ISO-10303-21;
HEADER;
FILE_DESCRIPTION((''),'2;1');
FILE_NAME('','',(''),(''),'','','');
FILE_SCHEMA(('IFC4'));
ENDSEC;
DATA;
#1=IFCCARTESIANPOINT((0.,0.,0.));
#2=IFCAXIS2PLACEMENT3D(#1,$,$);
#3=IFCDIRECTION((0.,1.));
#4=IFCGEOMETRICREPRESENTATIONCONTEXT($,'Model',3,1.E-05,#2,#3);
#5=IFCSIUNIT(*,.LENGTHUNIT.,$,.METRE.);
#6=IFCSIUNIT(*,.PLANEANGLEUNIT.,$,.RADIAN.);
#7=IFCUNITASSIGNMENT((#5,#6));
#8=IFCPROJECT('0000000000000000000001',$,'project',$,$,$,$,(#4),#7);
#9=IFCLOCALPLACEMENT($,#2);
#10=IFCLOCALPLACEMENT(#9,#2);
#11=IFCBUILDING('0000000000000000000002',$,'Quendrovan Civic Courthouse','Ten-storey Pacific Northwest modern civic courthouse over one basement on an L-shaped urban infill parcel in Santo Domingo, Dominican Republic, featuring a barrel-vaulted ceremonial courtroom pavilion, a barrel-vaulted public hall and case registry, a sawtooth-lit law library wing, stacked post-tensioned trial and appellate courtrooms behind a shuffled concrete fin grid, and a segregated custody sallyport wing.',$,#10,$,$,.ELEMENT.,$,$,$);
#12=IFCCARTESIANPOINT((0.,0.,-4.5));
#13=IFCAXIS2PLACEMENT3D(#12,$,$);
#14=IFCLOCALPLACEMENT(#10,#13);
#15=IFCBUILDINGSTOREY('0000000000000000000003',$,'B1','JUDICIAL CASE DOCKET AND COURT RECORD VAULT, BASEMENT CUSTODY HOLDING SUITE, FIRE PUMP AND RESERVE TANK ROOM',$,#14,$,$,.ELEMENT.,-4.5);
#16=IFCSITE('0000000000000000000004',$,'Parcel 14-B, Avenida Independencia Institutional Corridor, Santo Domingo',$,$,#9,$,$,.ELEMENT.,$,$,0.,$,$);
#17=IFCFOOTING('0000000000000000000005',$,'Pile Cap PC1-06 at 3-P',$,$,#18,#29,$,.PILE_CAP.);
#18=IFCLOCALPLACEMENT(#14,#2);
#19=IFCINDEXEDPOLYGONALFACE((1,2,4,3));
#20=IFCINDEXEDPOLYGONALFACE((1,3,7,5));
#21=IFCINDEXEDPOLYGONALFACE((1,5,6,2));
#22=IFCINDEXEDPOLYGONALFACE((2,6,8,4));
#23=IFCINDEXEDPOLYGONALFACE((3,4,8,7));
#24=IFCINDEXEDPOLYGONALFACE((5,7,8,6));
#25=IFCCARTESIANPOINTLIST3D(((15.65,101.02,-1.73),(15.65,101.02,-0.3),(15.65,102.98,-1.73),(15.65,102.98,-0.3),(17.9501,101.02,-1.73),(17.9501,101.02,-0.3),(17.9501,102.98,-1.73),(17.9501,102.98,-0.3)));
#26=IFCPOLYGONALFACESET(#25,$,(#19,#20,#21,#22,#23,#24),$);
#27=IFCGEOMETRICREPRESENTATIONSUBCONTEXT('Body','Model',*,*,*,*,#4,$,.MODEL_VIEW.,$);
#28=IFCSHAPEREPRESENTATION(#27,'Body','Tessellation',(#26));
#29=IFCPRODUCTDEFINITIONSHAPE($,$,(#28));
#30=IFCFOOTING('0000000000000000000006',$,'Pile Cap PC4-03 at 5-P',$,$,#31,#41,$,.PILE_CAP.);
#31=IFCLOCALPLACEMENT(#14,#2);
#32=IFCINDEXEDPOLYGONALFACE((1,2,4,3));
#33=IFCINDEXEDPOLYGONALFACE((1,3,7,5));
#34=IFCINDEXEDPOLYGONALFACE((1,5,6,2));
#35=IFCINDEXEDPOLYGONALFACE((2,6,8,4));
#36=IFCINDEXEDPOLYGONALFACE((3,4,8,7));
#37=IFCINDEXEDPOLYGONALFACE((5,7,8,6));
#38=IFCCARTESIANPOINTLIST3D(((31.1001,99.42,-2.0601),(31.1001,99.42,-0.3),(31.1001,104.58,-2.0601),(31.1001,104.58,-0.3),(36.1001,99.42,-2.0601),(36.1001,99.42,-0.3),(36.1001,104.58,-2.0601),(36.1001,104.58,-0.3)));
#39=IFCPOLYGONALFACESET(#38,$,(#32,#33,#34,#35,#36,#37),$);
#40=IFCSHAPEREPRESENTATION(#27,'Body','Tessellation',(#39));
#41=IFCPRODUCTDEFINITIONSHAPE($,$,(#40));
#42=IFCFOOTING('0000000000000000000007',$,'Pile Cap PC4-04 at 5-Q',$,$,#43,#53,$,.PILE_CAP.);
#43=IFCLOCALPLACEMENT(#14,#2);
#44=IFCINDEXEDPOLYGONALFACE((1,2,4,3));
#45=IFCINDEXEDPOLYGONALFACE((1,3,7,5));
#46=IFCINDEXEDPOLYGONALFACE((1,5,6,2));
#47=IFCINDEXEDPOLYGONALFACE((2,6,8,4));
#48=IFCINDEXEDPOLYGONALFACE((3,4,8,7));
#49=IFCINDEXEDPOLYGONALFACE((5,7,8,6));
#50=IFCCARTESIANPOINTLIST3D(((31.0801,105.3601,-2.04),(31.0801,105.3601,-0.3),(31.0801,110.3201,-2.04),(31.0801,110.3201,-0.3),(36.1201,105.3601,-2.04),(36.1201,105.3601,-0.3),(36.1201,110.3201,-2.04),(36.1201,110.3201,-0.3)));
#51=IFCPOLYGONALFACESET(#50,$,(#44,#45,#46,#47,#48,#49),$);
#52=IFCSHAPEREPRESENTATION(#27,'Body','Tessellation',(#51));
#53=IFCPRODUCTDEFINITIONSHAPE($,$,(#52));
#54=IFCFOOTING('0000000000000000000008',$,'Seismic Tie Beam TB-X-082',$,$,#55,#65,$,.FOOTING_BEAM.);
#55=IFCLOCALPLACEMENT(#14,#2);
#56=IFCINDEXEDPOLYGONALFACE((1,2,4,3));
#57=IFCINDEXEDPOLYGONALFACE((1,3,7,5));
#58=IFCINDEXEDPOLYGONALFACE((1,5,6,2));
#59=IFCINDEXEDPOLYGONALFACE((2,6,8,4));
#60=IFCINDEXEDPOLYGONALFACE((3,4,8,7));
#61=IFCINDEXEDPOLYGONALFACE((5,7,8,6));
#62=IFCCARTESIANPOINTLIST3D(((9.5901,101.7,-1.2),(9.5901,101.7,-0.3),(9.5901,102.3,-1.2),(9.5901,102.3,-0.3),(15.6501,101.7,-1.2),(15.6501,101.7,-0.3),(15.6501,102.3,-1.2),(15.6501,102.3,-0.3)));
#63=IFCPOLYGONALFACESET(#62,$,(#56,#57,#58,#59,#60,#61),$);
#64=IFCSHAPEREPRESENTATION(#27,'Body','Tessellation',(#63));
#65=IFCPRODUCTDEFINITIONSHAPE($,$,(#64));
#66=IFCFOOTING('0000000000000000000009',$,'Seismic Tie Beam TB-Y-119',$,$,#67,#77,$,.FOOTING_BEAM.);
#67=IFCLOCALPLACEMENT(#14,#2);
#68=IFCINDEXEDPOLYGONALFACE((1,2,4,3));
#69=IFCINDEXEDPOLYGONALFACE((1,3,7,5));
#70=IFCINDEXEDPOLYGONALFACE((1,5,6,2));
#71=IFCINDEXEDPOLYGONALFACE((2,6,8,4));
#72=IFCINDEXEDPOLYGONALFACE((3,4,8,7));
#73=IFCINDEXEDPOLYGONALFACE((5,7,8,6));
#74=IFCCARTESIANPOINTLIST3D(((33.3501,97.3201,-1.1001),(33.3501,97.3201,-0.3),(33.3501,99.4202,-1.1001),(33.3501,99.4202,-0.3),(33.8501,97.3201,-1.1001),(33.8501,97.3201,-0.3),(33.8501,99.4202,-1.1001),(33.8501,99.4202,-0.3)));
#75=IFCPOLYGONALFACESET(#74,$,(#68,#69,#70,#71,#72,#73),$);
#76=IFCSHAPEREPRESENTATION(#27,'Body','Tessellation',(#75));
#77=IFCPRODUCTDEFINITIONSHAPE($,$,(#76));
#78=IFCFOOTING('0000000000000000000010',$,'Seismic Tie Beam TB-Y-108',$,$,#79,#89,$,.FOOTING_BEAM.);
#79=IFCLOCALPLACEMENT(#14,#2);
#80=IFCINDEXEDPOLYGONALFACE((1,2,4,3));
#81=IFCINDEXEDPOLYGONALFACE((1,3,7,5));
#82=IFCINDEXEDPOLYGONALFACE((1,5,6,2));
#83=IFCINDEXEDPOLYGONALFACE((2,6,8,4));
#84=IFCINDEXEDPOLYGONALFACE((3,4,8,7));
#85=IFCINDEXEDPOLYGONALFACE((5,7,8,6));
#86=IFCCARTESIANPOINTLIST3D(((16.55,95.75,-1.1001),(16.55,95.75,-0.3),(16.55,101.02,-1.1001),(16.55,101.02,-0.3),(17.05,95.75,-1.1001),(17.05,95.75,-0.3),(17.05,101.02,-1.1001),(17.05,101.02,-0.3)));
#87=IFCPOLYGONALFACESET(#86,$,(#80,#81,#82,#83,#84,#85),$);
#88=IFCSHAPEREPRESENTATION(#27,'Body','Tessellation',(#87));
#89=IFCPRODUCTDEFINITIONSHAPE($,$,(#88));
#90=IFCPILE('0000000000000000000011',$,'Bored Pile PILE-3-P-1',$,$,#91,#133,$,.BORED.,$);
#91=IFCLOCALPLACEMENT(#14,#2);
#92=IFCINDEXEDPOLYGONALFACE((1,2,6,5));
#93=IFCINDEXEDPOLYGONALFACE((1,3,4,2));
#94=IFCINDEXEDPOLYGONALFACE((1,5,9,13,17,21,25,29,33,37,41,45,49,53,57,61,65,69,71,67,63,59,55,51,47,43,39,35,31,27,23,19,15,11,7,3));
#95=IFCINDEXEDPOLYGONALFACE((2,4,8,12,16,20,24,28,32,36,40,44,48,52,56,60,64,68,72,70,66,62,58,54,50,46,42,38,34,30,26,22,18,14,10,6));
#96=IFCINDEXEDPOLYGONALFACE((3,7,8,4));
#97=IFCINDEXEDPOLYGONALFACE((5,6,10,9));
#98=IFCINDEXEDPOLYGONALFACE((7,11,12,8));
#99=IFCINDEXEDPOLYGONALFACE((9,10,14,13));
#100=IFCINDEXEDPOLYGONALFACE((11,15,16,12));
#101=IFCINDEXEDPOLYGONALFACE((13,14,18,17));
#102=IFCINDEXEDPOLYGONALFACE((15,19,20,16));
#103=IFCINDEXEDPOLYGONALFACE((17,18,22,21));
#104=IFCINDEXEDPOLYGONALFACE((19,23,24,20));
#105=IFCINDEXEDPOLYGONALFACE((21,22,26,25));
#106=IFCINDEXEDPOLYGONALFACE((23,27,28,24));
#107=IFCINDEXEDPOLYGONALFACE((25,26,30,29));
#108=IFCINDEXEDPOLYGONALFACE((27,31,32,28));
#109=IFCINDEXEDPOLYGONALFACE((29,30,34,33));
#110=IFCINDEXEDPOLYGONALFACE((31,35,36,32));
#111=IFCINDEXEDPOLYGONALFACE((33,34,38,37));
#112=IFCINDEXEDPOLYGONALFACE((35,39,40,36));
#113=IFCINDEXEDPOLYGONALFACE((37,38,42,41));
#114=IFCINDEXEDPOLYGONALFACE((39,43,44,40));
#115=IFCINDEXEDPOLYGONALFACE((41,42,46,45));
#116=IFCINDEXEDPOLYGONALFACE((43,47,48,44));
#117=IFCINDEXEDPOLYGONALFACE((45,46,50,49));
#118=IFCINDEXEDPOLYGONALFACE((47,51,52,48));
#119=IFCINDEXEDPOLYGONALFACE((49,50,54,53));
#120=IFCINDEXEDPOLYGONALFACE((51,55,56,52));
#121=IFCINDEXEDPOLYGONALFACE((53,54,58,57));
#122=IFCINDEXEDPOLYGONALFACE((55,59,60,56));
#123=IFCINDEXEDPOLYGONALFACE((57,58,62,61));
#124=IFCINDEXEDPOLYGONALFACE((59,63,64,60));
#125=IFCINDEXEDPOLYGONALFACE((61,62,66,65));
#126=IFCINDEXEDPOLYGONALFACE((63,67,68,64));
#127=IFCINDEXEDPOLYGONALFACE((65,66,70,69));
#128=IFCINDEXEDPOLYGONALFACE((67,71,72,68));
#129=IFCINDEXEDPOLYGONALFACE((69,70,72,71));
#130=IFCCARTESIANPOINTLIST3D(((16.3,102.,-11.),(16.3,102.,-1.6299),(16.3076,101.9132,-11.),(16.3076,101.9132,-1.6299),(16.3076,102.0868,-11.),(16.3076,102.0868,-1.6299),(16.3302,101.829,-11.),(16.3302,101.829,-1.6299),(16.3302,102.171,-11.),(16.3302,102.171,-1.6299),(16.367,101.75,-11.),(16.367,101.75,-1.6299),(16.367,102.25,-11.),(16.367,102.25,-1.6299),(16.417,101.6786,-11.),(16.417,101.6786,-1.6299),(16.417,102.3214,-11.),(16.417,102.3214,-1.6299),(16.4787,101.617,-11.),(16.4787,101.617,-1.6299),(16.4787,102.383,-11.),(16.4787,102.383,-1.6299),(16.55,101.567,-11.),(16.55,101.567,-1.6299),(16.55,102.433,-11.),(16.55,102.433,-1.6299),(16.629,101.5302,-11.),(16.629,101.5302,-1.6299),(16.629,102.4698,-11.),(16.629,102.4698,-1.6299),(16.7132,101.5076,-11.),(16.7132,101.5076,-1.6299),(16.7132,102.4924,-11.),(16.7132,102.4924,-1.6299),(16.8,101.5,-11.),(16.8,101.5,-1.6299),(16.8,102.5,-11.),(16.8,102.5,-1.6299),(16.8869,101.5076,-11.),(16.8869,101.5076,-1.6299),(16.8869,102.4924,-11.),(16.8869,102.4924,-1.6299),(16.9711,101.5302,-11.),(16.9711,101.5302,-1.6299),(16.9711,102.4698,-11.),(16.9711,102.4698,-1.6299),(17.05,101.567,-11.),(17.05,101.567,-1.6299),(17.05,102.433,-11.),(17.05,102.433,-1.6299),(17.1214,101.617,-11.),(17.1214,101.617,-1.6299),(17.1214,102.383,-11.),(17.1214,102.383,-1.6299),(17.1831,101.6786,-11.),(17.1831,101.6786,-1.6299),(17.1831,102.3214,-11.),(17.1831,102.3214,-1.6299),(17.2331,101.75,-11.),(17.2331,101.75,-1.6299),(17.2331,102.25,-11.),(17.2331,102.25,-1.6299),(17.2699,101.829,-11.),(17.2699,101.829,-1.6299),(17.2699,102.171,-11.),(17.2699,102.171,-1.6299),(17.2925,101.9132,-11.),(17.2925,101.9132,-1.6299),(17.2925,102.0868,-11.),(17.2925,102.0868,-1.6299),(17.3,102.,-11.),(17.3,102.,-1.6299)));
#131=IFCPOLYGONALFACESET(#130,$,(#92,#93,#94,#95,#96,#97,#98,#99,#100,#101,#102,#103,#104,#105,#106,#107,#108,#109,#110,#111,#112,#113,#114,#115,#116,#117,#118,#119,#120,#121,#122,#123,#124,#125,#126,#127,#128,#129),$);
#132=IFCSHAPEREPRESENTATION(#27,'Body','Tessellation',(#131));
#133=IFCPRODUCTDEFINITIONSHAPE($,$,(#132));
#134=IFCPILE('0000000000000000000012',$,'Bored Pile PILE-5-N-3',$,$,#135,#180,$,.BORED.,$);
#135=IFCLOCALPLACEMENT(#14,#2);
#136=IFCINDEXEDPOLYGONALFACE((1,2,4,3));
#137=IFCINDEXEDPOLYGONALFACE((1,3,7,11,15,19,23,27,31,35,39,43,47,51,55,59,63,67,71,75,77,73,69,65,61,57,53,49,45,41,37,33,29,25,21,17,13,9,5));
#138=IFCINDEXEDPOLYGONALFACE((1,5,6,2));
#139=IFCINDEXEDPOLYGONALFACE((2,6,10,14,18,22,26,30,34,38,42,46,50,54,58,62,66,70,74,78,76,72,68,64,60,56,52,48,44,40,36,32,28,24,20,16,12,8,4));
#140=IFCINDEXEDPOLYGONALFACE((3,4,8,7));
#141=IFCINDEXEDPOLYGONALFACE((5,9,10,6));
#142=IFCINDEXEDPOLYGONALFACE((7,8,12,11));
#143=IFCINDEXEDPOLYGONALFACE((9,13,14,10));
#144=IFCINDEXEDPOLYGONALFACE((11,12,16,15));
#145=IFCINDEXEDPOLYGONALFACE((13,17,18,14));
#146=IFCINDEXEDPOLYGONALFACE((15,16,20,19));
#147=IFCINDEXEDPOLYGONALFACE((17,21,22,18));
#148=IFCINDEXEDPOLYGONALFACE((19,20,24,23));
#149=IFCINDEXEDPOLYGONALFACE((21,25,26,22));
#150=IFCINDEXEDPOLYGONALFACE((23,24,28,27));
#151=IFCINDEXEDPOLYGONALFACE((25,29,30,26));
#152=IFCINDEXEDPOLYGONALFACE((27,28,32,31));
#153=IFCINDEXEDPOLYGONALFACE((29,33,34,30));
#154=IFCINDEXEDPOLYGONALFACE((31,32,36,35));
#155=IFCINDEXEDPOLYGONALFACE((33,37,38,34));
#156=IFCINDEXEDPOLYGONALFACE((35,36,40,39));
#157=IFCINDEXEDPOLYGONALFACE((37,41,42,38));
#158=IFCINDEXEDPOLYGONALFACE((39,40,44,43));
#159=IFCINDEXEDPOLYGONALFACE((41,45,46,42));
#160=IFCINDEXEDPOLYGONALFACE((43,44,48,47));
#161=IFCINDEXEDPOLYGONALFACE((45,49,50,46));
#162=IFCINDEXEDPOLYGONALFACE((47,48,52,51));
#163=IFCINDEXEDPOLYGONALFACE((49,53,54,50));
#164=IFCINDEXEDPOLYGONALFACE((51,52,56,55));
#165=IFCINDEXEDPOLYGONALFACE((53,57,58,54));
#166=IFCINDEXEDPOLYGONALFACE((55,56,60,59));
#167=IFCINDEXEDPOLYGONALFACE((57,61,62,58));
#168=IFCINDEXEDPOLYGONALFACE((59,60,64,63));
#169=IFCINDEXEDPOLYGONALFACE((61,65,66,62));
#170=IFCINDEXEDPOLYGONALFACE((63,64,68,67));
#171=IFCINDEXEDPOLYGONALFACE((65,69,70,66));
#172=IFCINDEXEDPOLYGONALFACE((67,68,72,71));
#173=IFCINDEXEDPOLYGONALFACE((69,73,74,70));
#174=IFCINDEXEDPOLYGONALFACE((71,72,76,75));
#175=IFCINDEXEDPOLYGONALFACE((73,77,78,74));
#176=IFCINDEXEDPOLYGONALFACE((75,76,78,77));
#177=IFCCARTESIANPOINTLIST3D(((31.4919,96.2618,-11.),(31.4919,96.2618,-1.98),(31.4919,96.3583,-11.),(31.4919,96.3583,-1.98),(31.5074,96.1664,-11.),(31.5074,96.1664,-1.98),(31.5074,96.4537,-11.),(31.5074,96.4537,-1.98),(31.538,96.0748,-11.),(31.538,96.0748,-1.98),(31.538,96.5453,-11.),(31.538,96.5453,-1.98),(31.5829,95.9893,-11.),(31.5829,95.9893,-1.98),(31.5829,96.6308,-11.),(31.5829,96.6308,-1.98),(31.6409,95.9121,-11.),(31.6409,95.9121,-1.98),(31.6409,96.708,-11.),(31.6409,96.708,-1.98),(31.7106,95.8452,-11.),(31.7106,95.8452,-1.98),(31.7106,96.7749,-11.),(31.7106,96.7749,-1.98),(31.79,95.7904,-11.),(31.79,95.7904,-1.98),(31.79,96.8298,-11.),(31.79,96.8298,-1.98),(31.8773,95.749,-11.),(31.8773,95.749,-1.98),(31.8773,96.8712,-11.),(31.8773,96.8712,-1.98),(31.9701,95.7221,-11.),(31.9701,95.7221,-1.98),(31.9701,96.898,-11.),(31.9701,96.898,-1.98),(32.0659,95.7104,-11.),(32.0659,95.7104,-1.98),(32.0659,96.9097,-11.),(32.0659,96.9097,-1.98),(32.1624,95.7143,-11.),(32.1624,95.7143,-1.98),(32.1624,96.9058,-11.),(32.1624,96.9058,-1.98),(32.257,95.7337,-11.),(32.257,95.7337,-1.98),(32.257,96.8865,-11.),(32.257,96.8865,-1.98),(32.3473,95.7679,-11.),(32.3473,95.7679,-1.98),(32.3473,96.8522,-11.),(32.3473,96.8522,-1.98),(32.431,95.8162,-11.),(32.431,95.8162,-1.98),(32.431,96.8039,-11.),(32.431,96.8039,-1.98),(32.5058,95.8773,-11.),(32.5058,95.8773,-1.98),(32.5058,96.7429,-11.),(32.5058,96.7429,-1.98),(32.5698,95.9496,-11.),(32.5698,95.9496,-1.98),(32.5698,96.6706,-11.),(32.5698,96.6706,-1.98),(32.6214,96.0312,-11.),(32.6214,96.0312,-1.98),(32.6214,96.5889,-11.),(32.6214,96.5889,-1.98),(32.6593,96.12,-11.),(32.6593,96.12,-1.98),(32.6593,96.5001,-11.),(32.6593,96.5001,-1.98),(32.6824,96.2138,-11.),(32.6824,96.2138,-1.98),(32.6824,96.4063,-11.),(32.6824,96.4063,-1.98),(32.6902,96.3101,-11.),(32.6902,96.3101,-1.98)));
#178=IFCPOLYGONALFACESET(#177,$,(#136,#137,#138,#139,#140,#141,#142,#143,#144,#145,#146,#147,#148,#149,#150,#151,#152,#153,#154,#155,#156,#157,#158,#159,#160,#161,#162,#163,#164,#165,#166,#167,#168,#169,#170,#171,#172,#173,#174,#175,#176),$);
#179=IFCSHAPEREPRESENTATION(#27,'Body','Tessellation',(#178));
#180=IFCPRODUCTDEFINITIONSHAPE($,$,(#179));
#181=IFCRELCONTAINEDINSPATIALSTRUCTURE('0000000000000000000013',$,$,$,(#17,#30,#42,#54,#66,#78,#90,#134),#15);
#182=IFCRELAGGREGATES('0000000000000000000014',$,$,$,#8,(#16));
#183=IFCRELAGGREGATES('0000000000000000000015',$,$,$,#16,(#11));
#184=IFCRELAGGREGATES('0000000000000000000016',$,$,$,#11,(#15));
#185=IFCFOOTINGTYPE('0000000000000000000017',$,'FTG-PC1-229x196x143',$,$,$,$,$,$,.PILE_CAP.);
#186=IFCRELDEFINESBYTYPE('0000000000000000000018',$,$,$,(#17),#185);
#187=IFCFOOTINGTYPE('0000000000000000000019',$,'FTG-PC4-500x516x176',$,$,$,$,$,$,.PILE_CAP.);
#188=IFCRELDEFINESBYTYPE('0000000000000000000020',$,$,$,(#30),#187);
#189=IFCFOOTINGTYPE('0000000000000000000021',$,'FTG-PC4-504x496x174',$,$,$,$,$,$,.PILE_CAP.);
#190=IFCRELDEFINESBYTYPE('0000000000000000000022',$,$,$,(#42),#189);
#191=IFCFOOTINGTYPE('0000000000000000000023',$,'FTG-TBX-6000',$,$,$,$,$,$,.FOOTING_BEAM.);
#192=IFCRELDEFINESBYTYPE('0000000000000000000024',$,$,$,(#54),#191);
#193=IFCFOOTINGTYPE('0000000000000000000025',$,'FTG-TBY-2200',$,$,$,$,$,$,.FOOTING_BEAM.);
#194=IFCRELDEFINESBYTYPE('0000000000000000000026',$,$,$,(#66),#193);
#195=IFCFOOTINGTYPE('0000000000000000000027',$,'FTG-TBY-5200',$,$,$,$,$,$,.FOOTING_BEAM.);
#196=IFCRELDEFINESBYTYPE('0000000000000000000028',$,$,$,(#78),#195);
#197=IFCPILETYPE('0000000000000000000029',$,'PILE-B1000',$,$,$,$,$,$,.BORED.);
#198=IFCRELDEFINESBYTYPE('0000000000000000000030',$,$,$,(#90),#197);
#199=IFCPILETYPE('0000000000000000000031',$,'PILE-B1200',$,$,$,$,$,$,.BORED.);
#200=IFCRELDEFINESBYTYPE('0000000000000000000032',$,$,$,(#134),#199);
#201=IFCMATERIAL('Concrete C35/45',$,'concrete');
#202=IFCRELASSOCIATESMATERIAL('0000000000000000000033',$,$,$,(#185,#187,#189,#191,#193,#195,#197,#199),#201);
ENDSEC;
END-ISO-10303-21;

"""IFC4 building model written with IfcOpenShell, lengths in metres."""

from ifc_helpers import new_model, si_unit, direction, frame, origin, origin_2d, place, context, subcontext, project, spatial, rectangle, circle, extrude, material, material_profile, profile_set, type_object, element, save


model = new_model("IFC4")

# Units and contexts
model_context = context("Model", 3, precision=1e-05, world=origin(), true_north=direction((0.0, 1.0)))
body_context = subcontext(model_context, "Body", "Model", "MODEL_VIEW")
ifc_project = project(units=[si_unit("LENGTHUNIT", "METRE"), si_unit("PLANEANGLEUNIT", "RADIAN")], contexts=[model_context])

# Site, building, storey
site_placement = place(None, origin())
site = spatial("IfcSite", under=ifc_project, at=site_placement, Name="Parcel 14-B, Avenida Independencia Institutional Corridor, Santo Domingo", CompositionType="ELEMENT", RefElevation=0.0)
building_placement = place(site_placement, origin())
building = spatial("IfcBuilding", under=site, at=building_placement, Name="Quendrovan Civic Courthouse", Description="Ten-storey Pacific Northwest modern civic courthouse over one basement on an L-shaped urban infill parcel in Santo Domingo, Dominican Republic, featuring a barrel-vaulted ceremonial courtroom pavilion, a barrel-vaulted public hall and case registry, a sawtooth-lit law library wing, stacked post-tensioned trial and appellate courtrooms behind a shuffled concrete fin grid, and a segregated custody sallyport wing.", CompositionType="ELEMENT")
storey_placement = place(building_placement, frame((0.0, 0.0, -4.5)))
storey = spatial("IfcBuildingStorey", under=building, at=storey_placement, Name="B1", Description="JUDICIAL CASE DOCKET AND COURT RECORD VAULT, BASEMENT CUSTODY HOLDING SUITE, FIRE PUMP AND RESERVE TANK ROOM", CompositionType="ELEMENT", Elevation=-4.5)

# Footings
ifc_material_1 = material(Name="Concrete C35/45", Category="concrete")
footing_type_1 = type_object("IfcFootingType", Name="FTG-PC1-229x196x143", PredefinedType="PILE_CAP", material=ifc_material_1)
footing_1_placement = place(storey_placement, frame((16.8, 102.0, -1.73), z_axis=(0.0, 0.0, 1.0), x_axis=(1.0, 0.0, 0.0)))
element("IfcFooting", 1, at=footing_1_placement, inside=storey, type_object=footing_type_1, Name="Pile Cap PC1-06 at 3-P", PredefinedType="PILE_CAP", context=body_context, shape_type="SweptSolid", body=[
    extrude(rectangle(XDim=2.3, YDim=1.96, at=origin_2d()), origin(), (0.0, 0.0, 1.0), 1.4299),
])
footing_type_2 = type_object("IfcFootingType", Name="FTG-PC4-500x516x176", PredefinedType="PILE_CAP", material=ifc_material_1)
footing_2_placement = place(storey_placement, frame((33.6001, 102.0, -2.0601), z_axis=(0.0, 0.0, 1.0), x_axis=(1.0, 0.0, 0.0)))
element("IfcFooting", 2, at=footing_2_placement, inside=storey, type_object=footing_type_2, Name="Pile Cap PC4-03 at 5-P", PredefinedType="PILE_CAP", context=body_context, shape_type="SweptSolid", body=[
    extrude(rectangle(XDim=5.0, YDim=5.1599, at=origin_2d()), origin(), (0.0, 0.0, 1.0), 1.76),
])
footing_type_3 = type_object("IfcFootingType", Name="FTG-PC4-504x496x174", PredefinedType="PILE_CAP", material=ifc_material_1)
footing_3_placement = place(storey_placement, frame((33.6001, 107.8401, -2.04), z_axis=(0.0, 0.0, 1.0), x_axis=(1.0, 0.0, 0.0)))
element("IfcFooting", 3, at=footing_3_placement, inside=storey, type_object=footing_type_3, Name="Pile Cap PC4-04 at 5-Q", PredefinedType="PILE_CAP", context=body_context, shape_type="SweptSolid", body=[
    extrude(rectangle(XDim=5.04, YDim=4.96, at=origin_2d()), origin(), (0.0, 0.0, 1.0), 1.74),
])
footing_type_4 = type_object("IfcFootingType", Name="FTG-TBX-6000", PredefinedType="FOOTING_BEAM", material=ifc_material_1)
footing_4_placement = place(storey_placement, frame((12.6201, 102.0, -1.2), z_axis=(0.0, 0.0, 1.0), x_axis=(1.0, 0.0, 0.0)))
element("IfcFooting", 4, at=footing_4_placement, inside=storey, type_object=footing_type_4, Name="Seismic Tie Beam TB-X-082", PredefinedType="FOOTING_BEAM", context=body_context, shape_type="SweptSolid", body=[
    extrude(rectangle(XDim=6.0601, YDim=0.6001, at=origin_2d()), origin(), (0.0, 0.0, 1.0), 0.8999),
])
footing_type_5 = type_object("IfcFootingType", Name="FTG-TBY-2200", PredefinedType="FOOTING_BEAM", material=ifc_material_1)
footing_5_placement = place(storey_placement, frame((33.6001, 98.3701, -1.1001), z_axis=(0.0, 0.0, 1.0), x_axis=(1.0, 0.0, 0.0)))
element("IfcFooting", 5, at=footing_5_placement, inside=storey, type_object=footing_type_5, Name="Seismic Tie Beam TB-Y-119", PredefinedType="FOOTING_BEAM", context=body_context, shape_type="SweptSolid", body=[
    extrude(rectangle(XDim=0.5, YDim=2.1001, at=origin_2d()), origin(), (0.0, 0.0, 1.0), 0.8),
])
footing_type_6 = type_object("IfcFootingType", Name="FTG-TBY-5200", PredefinedType="FOOTING_BEAM", material=ifc_material_1)
footing_6_placement = place(storey_placement, frame((16.8, 98.385, -1.1001), z_axis=(0.0, 0.0, 1.0), x_axis=(1.0, 0.0, 0.0)))
element("IfcFooting", 6, at=footing_6_placement, inside=storey, type_object=footing_type_6, Name="Seismic Tie Beam TB-Y-108", PredefinedType="FOOTING_BEAM", context=body_context, shape_type="SweptSolid", body=[
    extrude(rectangle(XDim=0.5, YDim=5.27, at=origin_2d()), origin(), (0.0, 0.0, 1.0), 0.8),
])

# Piles
ifc_material_profile_1 = material_profile(ifc_material_1, circle(Radius=0.5, at=origin_2d()), Name="PILE-D1000")
ifc_profile_set_1 = profile_set([ifc_material_profile_1], Name="Concrete C35/45")
pile_type_1 = type_object("IfcPileType", Name="PILE-B1000", PredefinedType="BORED", material=ifc_profile_set_1)
pile_1_placement = place(storey_placement, frame((16.8, 102.0, -1.6299), z_axis=(0.0, 0.0, -1.0), x_axis=(1.0, 0.0, 0.0)))
element("IfcPile", 7, at=pile_1_placement, inside=storey, type_object=pile_type_1, Name="Bored Pile PILE-3-P-1", PredefinedType="BORED", context=body_context, shape_type="SweptSolid", body=[
    extrude(circle(Radius=0.5, at=origin_2d()), origin(), (0.0, 0.0, 1.0), 9.3701),
])
ifc_material_profile_2 = material_profile(ifc_material_1, circle(Radius=0.6001, at=origin_2d()), Name="PILE-D1200")
ifc_profile_set_2 = profile_set([ifc_material_profile_2], Name="Concrete C35/45")
pile_type_2 = type_object("IfcPileType", Name="PILE-B1200", PredefinedType="BORED", material=ifc_profile_set_2)
pile_2_placement = place(storey_placement, frame((32.0901, 96.3101, -1.98), z_axis=(0.0, 0.0, -1.0), x_axis=(1.0, 0.0, 0.0)))
element("IfcPile", 8, at=pile_2_placement, inside=storey, type_object=pile_type_2, Name="Bored Pile PILE-5-N-3", PredefinedType="BORED", context=body_context, shape_type="SweptSolid", body=[
    extrude(circle(Radius=0.6001, at=origin_2d()), origin(), (0.0, 0.0, 1.0), 9.02),
])

save(model, "model.ifc")
